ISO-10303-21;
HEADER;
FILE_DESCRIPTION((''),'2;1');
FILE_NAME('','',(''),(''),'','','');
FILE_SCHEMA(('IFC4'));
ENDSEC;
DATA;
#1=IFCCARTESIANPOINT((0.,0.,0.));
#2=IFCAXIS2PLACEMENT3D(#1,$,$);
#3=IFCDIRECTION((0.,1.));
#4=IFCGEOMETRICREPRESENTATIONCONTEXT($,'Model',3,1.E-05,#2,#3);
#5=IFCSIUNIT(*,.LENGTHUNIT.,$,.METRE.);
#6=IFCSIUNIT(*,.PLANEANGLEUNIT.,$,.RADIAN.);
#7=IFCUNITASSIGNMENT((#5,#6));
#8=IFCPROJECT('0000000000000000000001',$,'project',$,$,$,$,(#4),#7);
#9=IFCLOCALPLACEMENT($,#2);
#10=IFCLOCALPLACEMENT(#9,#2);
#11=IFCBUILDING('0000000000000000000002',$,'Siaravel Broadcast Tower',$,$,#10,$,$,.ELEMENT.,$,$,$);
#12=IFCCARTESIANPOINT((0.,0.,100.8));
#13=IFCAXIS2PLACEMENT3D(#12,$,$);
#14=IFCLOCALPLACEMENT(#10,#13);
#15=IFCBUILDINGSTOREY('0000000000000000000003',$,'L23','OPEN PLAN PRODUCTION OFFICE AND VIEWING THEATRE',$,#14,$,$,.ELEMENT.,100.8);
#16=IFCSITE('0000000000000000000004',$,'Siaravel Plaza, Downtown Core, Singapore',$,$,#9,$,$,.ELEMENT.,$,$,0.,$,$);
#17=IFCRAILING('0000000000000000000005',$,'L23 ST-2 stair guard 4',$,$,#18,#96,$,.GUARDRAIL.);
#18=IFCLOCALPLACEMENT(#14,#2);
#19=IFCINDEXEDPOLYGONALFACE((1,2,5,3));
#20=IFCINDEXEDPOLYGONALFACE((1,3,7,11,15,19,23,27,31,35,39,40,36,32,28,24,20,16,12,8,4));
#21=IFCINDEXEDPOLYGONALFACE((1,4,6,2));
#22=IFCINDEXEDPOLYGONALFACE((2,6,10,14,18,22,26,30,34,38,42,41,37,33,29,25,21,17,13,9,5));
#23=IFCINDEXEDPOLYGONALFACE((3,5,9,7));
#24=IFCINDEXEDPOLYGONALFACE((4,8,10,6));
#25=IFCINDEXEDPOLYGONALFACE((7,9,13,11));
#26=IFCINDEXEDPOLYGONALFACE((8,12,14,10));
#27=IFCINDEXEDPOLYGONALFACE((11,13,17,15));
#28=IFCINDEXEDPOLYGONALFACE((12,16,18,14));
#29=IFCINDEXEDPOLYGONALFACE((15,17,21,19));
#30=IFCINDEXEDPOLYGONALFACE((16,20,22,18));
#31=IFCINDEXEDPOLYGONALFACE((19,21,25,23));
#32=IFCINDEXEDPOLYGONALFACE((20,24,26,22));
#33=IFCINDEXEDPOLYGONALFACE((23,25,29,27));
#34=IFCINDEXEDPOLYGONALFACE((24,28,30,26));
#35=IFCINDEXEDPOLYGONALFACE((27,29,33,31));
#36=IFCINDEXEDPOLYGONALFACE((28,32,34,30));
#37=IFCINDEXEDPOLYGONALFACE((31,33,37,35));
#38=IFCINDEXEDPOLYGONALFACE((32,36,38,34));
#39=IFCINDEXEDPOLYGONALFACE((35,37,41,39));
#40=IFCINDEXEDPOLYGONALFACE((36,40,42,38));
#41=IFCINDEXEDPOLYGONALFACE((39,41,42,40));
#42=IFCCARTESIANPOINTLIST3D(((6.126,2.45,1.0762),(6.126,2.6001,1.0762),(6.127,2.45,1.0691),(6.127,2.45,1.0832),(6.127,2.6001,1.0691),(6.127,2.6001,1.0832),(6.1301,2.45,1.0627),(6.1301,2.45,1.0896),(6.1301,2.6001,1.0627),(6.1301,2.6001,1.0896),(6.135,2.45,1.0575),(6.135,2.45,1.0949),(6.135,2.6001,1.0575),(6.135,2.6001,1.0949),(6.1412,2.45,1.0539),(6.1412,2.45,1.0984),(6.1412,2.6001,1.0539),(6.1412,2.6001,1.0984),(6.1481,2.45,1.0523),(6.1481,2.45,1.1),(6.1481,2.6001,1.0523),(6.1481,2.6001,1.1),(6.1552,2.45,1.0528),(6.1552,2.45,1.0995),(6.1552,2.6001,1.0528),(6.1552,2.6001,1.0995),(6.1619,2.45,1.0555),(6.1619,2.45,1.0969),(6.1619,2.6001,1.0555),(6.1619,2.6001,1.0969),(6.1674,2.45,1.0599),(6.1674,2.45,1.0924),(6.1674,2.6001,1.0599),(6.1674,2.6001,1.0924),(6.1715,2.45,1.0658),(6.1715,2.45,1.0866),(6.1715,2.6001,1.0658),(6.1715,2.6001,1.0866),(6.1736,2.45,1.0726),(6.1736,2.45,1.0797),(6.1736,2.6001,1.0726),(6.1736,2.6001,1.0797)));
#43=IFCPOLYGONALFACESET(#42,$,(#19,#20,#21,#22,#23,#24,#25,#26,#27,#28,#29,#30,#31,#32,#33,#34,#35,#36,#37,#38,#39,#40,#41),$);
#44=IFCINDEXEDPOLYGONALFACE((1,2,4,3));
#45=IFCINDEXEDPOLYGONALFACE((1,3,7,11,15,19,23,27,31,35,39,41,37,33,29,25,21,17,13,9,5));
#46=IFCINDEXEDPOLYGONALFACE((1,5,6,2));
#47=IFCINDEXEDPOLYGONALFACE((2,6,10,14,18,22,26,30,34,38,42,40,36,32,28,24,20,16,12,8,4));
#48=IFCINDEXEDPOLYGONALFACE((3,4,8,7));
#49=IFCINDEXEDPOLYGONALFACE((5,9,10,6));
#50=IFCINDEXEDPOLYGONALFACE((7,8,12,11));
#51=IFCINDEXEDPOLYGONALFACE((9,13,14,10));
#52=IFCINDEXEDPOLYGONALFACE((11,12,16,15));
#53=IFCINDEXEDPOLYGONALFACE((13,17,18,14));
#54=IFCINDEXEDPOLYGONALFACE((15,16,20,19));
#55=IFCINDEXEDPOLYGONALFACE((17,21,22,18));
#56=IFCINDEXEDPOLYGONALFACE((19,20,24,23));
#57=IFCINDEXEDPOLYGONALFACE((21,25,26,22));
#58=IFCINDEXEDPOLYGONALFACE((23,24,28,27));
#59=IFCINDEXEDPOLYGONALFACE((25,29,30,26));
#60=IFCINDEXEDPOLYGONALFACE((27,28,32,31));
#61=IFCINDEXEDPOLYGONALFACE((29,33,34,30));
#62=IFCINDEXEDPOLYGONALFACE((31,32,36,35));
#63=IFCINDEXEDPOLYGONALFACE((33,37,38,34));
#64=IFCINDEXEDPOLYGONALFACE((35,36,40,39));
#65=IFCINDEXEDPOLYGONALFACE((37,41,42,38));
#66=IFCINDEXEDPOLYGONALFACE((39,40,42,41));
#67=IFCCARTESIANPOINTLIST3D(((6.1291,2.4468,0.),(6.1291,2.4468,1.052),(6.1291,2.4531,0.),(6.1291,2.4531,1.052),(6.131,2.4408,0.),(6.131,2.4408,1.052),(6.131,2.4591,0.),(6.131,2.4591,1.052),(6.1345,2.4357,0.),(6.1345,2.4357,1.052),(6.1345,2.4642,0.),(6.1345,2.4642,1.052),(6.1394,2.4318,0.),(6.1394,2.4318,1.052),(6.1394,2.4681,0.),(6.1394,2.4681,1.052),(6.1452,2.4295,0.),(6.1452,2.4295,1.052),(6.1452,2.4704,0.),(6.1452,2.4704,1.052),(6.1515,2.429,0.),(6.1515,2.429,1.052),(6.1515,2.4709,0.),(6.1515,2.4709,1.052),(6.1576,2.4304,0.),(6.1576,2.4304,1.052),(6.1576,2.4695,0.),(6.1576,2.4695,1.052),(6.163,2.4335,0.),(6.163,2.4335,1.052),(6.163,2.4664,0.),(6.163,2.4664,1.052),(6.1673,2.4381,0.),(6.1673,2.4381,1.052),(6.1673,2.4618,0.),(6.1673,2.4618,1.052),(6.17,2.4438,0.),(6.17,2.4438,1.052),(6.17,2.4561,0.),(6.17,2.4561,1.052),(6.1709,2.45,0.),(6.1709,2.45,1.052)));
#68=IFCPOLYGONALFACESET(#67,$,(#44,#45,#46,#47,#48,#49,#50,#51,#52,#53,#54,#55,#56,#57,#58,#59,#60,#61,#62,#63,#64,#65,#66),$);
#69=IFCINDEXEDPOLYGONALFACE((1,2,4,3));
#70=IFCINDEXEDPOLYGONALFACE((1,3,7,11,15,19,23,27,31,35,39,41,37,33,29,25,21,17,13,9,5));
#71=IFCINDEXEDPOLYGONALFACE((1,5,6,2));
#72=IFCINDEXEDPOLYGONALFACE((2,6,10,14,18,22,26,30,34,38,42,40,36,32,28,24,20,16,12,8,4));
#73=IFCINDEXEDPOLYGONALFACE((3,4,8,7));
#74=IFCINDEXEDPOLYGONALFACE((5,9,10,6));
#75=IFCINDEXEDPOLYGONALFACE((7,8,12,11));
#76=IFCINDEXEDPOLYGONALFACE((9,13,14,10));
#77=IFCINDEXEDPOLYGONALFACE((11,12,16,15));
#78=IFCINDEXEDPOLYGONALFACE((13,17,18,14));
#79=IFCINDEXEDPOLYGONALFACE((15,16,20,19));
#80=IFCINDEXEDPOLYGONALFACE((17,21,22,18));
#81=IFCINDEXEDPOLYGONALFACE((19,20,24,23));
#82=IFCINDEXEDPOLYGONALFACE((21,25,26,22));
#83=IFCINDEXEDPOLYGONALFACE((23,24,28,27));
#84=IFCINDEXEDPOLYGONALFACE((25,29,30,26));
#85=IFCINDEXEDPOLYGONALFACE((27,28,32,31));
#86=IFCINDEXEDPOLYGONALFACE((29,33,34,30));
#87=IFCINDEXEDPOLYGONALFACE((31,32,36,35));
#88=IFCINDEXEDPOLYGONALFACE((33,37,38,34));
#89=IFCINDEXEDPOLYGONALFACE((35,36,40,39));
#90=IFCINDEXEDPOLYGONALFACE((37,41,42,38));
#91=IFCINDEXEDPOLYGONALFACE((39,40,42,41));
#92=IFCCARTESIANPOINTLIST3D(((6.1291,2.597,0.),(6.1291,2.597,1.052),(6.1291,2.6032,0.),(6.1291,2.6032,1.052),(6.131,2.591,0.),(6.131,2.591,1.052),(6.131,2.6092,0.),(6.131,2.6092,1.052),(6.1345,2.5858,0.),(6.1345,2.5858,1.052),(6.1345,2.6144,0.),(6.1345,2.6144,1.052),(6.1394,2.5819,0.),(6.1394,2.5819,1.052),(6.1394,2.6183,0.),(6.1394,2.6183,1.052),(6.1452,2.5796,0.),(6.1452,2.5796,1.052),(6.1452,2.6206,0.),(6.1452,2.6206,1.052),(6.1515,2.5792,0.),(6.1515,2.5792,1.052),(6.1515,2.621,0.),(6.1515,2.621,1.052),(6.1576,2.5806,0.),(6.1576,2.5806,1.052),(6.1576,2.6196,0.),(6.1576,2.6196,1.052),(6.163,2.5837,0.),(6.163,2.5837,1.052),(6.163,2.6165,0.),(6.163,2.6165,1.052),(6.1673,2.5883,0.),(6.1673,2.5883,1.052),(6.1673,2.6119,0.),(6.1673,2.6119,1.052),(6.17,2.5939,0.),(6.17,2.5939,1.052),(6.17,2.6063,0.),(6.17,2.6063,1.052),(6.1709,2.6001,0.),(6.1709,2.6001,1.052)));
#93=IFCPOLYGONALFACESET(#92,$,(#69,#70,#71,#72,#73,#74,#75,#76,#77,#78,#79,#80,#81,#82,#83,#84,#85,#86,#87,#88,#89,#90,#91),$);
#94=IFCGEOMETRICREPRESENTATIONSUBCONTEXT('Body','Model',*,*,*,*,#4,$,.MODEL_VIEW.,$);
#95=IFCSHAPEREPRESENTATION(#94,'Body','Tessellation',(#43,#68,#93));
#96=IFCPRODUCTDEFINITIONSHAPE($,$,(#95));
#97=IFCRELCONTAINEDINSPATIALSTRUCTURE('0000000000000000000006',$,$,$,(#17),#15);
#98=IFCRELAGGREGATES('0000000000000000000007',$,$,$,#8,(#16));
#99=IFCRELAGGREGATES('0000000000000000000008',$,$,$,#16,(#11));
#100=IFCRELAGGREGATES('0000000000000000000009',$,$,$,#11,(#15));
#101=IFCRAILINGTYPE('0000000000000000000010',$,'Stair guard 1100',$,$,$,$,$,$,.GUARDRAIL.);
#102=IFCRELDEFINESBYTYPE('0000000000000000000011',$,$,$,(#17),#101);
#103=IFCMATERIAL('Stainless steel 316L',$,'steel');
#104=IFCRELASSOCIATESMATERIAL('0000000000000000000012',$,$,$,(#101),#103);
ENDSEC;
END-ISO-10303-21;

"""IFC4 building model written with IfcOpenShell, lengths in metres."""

from ifc_helpers import new_model, si_unit, direction, frame, origin, origin_2d, place, context, subcontext, project, spatial, circle, extrude, material, type_object, element, save


model = new_model("IFC4")

# Units and contexts
model_context = context("Model", 3, precision=1e-05, world=origin(), true_north=direction((0.0, 1.0)))
body_context = subcontext(model_context, "Body", "Model", "MODEL_VIEW")
ifc_project = project(units=[si_unit("LENGTHUNIT", "METRE"), si_unit("PLANEANGLEUNIT", "RADIAN")], contexts=[model_context])

# Site, building, storey
site_placement = place(None, origin())
site = spatial("IfcSite", under=ifc_project, at=site_placement, Name="Siaravel Plaza, Downtown Core, Singapore", CompositionType="ELEMENT", RefElevation=0.0)
building_placement = place(site_placement, origin())
building = spatial("IfcBuilding", under=site, at=building_placement, Name="Siaravel Broadcast Tower", CompositionType="ELEMENT")
storey_placement = place(building_placement, frame((0.0, 0.0, 100.8)))
storey = spatial("IfcBuildingStorey", under=building, at=storey_placement, Name="L23", Description="OPEN PLAN PRODUCTION OFFICE AND VIEWING THEATRE", CompositionType="ELEMENT", Elevation=100.8)

# Railing
ifc_material_1 = material(Name="Stainless steel 316L", Category="steel")
railing_type_1 = type_object("IfcRailingType", Name="Stair guard 1100", PredefinedType="GUARDRAIL", material=ifc_material_1)
railing_1_placement = place(storey_placement, frame((6.1499, 2.45, 0.0)))
element("IfcRailing", 1, at=railing_1_placement, inside=storey, type_object=railing_type_1, Name="L23 ST-2 stair guard 4", PredefinedType="GUARDRAIL", context=body_context, shape_type="SweptSolid", body=[
    extrude(circle(Radius=0.0239, at=origin_2d()), frame((0.0, 0.0, 1.0762), z_axis=(0.0, 1.0, 0.0), x_axis=(-1.0, 0.0, 0.0)), (0.0, 0.0, 1.0), 0.1501),
    extrude(circle(Radius=0.021, at=origin_2d()), origin(), (0.0, 0.0, 1.0), 1.052),
    extrude(circle(Radius=0.021, at=origin_2d()), frame((0.0, 0.1501, 0.0)), (0.0, 0.0, 1.0), 1.052),
])

save(model, "model.ifc")
